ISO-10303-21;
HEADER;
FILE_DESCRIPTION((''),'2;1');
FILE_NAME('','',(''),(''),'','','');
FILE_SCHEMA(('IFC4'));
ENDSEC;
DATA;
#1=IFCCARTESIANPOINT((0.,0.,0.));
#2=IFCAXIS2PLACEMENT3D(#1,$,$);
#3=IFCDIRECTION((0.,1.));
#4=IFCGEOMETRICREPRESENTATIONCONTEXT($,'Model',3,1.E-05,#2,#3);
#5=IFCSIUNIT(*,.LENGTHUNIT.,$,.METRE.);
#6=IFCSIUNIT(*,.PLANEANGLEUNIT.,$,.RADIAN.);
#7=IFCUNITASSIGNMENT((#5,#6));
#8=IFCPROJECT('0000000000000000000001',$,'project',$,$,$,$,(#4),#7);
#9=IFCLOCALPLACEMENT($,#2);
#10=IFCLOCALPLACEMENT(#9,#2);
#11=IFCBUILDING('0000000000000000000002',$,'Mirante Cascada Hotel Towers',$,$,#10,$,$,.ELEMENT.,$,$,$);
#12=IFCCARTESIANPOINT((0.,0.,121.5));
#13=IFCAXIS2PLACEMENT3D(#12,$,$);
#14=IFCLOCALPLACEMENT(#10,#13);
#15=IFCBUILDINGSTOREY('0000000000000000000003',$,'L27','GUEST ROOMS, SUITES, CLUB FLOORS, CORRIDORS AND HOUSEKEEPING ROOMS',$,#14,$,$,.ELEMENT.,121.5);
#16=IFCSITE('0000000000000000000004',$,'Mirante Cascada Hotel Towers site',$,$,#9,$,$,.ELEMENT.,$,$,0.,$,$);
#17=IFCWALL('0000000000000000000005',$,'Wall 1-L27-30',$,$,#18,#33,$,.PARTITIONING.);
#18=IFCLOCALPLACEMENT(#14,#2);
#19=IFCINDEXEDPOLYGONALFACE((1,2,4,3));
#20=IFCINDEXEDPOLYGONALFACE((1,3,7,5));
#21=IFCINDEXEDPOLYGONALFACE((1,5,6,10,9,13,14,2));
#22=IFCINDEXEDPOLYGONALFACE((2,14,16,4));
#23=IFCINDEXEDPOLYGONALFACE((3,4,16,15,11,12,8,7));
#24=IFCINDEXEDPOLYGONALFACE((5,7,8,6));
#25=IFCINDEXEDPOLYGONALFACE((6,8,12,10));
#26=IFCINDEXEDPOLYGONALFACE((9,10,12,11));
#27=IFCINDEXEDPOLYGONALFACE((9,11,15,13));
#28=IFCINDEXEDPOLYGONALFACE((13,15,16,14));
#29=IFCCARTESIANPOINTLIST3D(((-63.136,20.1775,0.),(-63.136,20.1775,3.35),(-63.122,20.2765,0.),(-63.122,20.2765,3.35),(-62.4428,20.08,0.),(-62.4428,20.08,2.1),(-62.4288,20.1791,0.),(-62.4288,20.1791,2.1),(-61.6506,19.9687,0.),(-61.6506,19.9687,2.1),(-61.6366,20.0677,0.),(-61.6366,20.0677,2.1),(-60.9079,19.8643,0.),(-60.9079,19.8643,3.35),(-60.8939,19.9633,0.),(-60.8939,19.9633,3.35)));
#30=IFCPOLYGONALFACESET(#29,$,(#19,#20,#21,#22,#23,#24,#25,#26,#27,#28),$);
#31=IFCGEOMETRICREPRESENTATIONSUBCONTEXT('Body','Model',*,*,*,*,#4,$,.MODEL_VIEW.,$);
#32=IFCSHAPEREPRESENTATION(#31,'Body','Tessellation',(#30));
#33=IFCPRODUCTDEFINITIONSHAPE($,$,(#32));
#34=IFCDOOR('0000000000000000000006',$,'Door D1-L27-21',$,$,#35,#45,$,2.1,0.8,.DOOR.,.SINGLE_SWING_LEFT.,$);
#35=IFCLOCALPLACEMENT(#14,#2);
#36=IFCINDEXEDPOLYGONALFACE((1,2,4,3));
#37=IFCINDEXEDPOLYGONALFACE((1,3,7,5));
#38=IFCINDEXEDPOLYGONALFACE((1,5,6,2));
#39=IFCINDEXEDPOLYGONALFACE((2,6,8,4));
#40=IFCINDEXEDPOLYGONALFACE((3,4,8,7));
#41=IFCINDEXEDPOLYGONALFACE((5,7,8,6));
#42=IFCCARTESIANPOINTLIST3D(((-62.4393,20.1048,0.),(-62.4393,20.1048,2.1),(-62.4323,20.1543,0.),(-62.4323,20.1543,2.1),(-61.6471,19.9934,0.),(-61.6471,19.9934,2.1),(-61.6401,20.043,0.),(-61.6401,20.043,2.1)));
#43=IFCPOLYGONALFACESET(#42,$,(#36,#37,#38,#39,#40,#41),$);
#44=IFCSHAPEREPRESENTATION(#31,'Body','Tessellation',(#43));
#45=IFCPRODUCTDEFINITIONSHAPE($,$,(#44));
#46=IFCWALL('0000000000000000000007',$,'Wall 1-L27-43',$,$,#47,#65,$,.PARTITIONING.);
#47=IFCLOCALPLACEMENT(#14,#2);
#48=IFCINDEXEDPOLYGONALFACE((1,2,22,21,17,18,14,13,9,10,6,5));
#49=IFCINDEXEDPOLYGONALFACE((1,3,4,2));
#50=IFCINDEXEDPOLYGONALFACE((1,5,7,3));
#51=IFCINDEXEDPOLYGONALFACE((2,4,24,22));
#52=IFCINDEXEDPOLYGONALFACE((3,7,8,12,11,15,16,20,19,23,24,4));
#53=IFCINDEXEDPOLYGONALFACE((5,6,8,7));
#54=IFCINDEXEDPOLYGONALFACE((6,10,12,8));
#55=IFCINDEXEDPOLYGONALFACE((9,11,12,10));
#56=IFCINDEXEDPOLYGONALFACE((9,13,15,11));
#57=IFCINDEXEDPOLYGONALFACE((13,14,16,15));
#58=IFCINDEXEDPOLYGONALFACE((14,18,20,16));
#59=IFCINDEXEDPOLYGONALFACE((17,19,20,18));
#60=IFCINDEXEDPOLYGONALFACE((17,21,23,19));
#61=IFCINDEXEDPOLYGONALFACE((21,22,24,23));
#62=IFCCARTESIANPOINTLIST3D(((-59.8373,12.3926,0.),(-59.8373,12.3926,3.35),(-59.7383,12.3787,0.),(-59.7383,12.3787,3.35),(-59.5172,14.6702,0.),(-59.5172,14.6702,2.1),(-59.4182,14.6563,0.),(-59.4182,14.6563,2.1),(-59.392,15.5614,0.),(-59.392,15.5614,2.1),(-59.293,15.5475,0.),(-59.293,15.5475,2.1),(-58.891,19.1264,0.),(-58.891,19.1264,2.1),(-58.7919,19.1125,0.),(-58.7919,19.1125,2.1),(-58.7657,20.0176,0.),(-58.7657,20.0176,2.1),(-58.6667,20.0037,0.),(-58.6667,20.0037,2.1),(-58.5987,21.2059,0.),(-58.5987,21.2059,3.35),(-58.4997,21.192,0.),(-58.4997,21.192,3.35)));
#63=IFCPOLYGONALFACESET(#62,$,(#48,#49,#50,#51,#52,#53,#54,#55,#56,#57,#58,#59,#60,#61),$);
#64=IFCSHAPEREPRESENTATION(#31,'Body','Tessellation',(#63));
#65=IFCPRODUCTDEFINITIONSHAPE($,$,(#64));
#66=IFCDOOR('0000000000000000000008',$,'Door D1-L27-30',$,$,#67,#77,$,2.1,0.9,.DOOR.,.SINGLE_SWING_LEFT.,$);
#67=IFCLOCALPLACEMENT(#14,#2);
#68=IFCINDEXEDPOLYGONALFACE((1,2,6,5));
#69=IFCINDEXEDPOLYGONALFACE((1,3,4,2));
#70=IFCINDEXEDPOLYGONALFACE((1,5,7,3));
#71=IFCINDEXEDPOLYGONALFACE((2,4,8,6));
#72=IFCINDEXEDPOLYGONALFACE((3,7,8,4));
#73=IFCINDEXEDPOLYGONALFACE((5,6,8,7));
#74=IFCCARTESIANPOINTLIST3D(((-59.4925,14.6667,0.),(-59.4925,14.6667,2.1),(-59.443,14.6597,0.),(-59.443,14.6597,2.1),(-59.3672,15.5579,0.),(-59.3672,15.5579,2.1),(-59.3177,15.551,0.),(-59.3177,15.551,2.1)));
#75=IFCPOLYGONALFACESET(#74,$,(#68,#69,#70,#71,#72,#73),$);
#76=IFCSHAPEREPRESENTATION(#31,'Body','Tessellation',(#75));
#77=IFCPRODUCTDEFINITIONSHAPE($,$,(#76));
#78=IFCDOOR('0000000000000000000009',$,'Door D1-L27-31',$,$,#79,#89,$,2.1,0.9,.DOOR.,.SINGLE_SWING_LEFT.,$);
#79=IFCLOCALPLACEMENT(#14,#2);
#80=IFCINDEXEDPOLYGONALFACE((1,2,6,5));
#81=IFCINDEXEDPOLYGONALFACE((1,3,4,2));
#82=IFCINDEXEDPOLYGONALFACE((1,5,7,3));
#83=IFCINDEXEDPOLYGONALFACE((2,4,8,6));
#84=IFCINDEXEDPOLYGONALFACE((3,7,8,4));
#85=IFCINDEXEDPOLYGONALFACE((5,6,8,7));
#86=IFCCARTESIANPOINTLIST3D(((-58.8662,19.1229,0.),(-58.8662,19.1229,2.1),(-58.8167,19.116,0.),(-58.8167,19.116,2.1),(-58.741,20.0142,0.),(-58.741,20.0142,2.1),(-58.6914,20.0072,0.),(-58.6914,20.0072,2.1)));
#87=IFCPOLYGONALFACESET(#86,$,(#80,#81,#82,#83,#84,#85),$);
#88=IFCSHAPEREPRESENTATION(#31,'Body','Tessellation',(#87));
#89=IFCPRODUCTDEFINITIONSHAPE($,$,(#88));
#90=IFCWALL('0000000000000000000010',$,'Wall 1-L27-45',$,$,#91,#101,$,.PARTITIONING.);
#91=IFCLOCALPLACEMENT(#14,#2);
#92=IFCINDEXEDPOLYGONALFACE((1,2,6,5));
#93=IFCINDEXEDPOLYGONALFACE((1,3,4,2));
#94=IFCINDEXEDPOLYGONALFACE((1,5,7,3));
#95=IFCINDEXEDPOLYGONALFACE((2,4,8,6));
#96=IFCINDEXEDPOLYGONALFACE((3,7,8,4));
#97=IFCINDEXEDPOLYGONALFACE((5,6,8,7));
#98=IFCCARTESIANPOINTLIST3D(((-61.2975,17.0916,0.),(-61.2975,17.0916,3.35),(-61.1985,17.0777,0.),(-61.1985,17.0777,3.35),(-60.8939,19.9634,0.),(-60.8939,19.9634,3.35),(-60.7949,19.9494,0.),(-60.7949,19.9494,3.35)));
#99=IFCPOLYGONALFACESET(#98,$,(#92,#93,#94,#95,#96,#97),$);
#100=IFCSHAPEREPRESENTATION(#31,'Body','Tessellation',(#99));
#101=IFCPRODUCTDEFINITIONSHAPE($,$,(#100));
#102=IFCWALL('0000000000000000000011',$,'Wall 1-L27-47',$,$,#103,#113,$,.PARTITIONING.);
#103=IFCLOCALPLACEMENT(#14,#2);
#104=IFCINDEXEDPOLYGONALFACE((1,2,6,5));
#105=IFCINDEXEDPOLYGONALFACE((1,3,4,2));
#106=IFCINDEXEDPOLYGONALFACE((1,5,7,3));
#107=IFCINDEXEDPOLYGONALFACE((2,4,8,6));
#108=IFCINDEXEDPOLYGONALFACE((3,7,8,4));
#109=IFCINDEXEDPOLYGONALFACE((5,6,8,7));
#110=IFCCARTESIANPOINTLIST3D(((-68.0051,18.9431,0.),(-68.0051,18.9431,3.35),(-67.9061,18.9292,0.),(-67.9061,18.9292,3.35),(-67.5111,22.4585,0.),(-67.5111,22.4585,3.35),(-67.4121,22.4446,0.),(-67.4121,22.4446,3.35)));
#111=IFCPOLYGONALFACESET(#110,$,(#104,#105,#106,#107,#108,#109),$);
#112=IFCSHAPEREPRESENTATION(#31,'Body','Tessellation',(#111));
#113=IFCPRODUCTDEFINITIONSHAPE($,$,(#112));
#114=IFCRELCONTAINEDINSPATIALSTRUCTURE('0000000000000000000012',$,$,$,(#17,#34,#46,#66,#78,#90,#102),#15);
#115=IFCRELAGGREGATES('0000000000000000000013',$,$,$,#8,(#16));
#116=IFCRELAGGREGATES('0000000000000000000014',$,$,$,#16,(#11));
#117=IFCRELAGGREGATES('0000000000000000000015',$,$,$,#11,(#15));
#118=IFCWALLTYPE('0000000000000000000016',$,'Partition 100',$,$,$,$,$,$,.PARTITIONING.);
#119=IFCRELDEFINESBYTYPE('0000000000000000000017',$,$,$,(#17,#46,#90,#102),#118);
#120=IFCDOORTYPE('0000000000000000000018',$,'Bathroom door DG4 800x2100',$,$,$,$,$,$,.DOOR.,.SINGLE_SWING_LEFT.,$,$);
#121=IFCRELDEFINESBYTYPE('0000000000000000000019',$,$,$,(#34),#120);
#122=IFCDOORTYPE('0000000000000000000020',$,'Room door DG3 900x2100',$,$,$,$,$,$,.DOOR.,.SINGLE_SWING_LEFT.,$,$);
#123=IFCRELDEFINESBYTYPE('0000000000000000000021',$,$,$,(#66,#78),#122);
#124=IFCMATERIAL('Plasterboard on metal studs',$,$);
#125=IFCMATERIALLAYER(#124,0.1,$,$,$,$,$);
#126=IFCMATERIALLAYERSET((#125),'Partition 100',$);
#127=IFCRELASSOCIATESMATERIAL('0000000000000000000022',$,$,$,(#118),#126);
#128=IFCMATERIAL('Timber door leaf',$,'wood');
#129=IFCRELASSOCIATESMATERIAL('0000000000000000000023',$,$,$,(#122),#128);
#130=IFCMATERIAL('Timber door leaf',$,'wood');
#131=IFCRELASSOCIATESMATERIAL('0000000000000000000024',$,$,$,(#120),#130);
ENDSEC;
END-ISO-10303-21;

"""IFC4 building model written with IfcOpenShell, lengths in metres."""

from ifc_helpers import new_model, si_unit, direction, frame, frame_2d, origin, place, context, subcontext, project, spatial, rectangle, extrude, material, layer, layer_set, type_object, element, fill, save


model = new_model("IFC4")

# Units and contexts
model_context = context("Model", 3, precision=1e-05, world=origin(), true_north=direction((0.0, 1.0)))
body_context = subcontext(model_context, "Body", "Model", "MODEL_VIEW")
ifc_project = project(units=[si_unit("LENGTHUNIT", "METRE"), si_unit("PLANEANGLEUNIT", "RADIAN")], contexts=[model_context])

# Site, building, storey
site_placement = place(None, origin())
site = spatial("IfcSite", under=ifc_project, at=site_placement, Name="Mirante Cascada Hotel Towers site", CompositionType="ELEMENT", RefElevation=0.0)
building_placement = place(site_placement, origin())
building = spatial("IfcBuilding", under=site, at=building_placement, Name="Mirante Cascada Hotel Towers", CompositionType="ELEMENT")
storey_placement = place(building_placement, frame((0.0, 0.0, 121.5)))
storey = spatial("IfcBuildingStorey", under=building, at=storey_placement, Name="L27", Description="GUEST ROOMS, SUITES, CLUB FLOORS, CORRIDORS AND HOUSEKEEPING ROOMS", CompositionType="ELEMENT", Elevation=121.5)

# Wall, opening, door
ifc_material_1 = material(Name="Plasterboard on metal studs")
ifc_layer_1 = layer(ifc_material_1, 0.1)
ifc_layer_set_1 = layer_set([ifc_layer_1], Name="Partition 100")
wall_type = type_object("IfcWallType", Name="Partition 100", PredefinedType="PARTITIONING", material=ifc_layer_set_1)
ifc_material_2 = material(Name="Timber door leaf", Category="wood")
door_type_1 = type_object("IfcDoorType", Name="Room door DG3 900x2100", OperationType="SINGLE_SWING_LEFT", PredefinedType="DOOR", material=ifc_material_2)
wall_1_placement = place(storey_placement, frame((-60.9009, 19.9138, 0.0), z_axis=(0.0, 0.0, 1.0), x_axis=(-0.990264, 0.1392, 0.0)))
wall_1 = element("IfcWall", 1, at=wall_1_placement, inside=storey, type_object=wall_type, Name="Wall 1-L27-30", PredefinedType="PARTITIONING", context=body_context, shape_type="SweptSolid", body=[
    extrude(rectangle(XDim=2.25, YDim=0.1, at=frame_2d((1.125, 0.0))), origin(), (0.0, 0.0, 1.0), 3.35),
])
opening_1_placement = place(wall_1_placement, frame((0.75, 0.0, 0.0)))
opening_1 = element("IfcOpeningElement", 2, at=opening_1_placement, cuts=wall_1, PredefinedType="OPENING", context=body_context, shape_type="SweptSolid", body=[
    extrude(rectangle(XDim=0.8, YDim=2.1, at=frame_2d((0.4, 1.05))), frame((0.0, 0.05, 0.0), z_axis=(0.0, -1.0, 0.0), x_axis=(1.0, 0.0, 0.0)), (0.0, 0.0, 1.0), 0.1),
])
ifc_material_3 = material(Name="Timber door leaf", Category="wood")
door_type_2 = type_object("IfcDoorType", Name="Bathroom door DG4 800x2100", OperationType="SINGLE_SWING_LEFT", PredefinedType="DOOR", material=ifc_material_3)
door_1_placement = place(opening_1_placement, origin())
door_1 = element("IfcDoor", 3, at=door_1_placement, inside=storey, type_object=door_type_2, Name="Door D1-L27-21", OperationType="SINGLE_SWING_LEFT", OverallHeight=2.1, OverallWidth=0.8, PredefinedType="DOOR", context=body_context, shape_type="SweptSolid", body=[
    extrude(rectangle(XDim=0.8, YDim=2.1, at=frame_2d((0.4, 1.05))), frame((0.0, 0.025, 0.0), z_axis=(0.0, -1.0, 0.0), x_axis=(1.0, 0.0, 0.0)), (0.0, 0.0, 1.0), 0.05),
])
fill(opening_1, door_1)

# Wall, openings, doors
wall_2_placement = place(storey_placement, frame((-58.5492, 21.199, 0.0), z_axis=(0.0, 0.0, 1.0), x_axis=(-0.13917, -0.990268, 0.0)))
wall_2 = element("IfcWall", 4, at=wall_2_placement, inside=storey, type_object=wall_type, Name="Wall 1-L27-43", PredefinedType="PARTITIONING", context=body_context, shape_type="SweptSolid", body=[
    extrude(rectangle(XDim=8.8999, YDim=0.1, at=frame_2d((4.45, 0.0))), origin(), (0.0, 0.0, 1.0), 3.35),
])
opening_2_placement = place(wall_2_placement, frame((5.7, 0.0, 0.0)))
opening_2 = element("IfcOpeningElement", 5, at=opening_2_placement, cuts=wall_2, PredefinedType="OPENING", context=body_context, shape_type="SweptSolid", body=[
    extrude(rectangle(XDim=0.9, YDim=2.1, at=frame_2d((0.45, 1.05))), frame((0.0, 0.05, 0.0), z_axis=(0.0, -1.0, 0.0), x_axis=(1.0, 0.0, 0.0)), (0.0, 0.0, 1.0), 0.1),
])
opening_3_placement = place(wall_2_placement, frame((1.2, 0.0, 0.0)))
opening_3 = element("IfcOpeningElement", 6, at=opening_3_placement, cuts=wall_2, PredefinedType="OPENING", context=body_context, shape_type="SweptSolid", body=[
    extrude(rectangle(XDim=0.9, YDim=2.1, at=frame_2d((0.45, 1.05))), frame((0.0, 0.05, 0.0), z_axis=(0.0, -1.0, 0.0), x_axis=(1.0, 0.0, 0.0)), (0.0, 0.0, 1.0), 0.1),
])
door_2_placement = place(opening_2_placement, origin())
door_2 = element("IfcDoor", 7, at=door_2_placement, inside=storey, type_object=door_type_1, Name="Door D1-L27-30", OperationType="SINGLE_SWING_LEFT", OverallHeight=2.1, OverallWidth=0.9, PredefinedType="DOOR", context=body_context, shape_type="SweptSolid", body=[
    extrude(rectangle(XDim=0.9, YDim=2.1, at=frame_2d((0.45, 1.05))), frame((0.0, 0.025, 0.0), z_axis=(0.0, -1.0, 0.0), x_axis=(1.0, 0.0, 0.0)), (0.0, 0.0, 1.0), 0.05),
])
fill(opening_2, door_2)
door_3_placement = place(opening_3_placement, origin())
door_3 = element("IfcDoor", 8, at=door_3_placement, inside=storey, type_object=door_type_1, Name="Door D1-L27-31", OperationType="SINGLE_SWING_LEFT", OverallHeight=2.1, OverallWidth=0.9, PredefinedType="DOOR", context=body_context, shape_type="SweptSolid", body=[
    extrude(rectangle(XDim=0.9, YDim=2.1, at=frame_2d((0.45, 1.05))), frame((0.0, 0.025, 0.0), z_axis=(0.0, -1.0, 0.0), x_axis=(1.0, 0.0, 0.0)), (0.0, 0.0, 1.0), 0.05),
])
fill(opening_3, door_3)

# Walls
wall_3_placement = place(storey_placement, frame((-60.8444, 19.9564, 0.0), z_axis=(0.0, 0.0, 1.0), x_axis=(-0.139171, -0.990268, 0.0)))
element("IfcWall", 9, at=wall_3_placement, inside=storey, type_object=wall_type, Name="Wall 1-L27-45", PredefinedType="PARTITIONING", context=body_context, shape_type="SweptSolid", body=[
    extrude(rectangle(XDim=2.9, YDim=0.1, at=frame_2d((1.45, 0.0))), origin(), (0.0, 0.0, 1.0), 3.35),
])
wall_4_placement = place(storey_placement, frame((-67.4616, 22.4516, 0.0), z_axis=(0.0, 0.0, 1.0), x_axis=(-0.139157, -0.99027, 0.0)))
element("IfcWall", 10, at=wall_4_placement, inside=storey, type_object=wall_type, Name="Wall 1-L27-47", PredefinedType="PARTITIONING", context=body_context, shape_type="SweptSolid", body=[
    extrude(rectangle(XDim=3.5499, YDim=0.1, at=frame_2d((1.775, 0.0))), origin(), (0.0, 0.0, 1.0), 3.35),
])

save(model, "model.ifc")
